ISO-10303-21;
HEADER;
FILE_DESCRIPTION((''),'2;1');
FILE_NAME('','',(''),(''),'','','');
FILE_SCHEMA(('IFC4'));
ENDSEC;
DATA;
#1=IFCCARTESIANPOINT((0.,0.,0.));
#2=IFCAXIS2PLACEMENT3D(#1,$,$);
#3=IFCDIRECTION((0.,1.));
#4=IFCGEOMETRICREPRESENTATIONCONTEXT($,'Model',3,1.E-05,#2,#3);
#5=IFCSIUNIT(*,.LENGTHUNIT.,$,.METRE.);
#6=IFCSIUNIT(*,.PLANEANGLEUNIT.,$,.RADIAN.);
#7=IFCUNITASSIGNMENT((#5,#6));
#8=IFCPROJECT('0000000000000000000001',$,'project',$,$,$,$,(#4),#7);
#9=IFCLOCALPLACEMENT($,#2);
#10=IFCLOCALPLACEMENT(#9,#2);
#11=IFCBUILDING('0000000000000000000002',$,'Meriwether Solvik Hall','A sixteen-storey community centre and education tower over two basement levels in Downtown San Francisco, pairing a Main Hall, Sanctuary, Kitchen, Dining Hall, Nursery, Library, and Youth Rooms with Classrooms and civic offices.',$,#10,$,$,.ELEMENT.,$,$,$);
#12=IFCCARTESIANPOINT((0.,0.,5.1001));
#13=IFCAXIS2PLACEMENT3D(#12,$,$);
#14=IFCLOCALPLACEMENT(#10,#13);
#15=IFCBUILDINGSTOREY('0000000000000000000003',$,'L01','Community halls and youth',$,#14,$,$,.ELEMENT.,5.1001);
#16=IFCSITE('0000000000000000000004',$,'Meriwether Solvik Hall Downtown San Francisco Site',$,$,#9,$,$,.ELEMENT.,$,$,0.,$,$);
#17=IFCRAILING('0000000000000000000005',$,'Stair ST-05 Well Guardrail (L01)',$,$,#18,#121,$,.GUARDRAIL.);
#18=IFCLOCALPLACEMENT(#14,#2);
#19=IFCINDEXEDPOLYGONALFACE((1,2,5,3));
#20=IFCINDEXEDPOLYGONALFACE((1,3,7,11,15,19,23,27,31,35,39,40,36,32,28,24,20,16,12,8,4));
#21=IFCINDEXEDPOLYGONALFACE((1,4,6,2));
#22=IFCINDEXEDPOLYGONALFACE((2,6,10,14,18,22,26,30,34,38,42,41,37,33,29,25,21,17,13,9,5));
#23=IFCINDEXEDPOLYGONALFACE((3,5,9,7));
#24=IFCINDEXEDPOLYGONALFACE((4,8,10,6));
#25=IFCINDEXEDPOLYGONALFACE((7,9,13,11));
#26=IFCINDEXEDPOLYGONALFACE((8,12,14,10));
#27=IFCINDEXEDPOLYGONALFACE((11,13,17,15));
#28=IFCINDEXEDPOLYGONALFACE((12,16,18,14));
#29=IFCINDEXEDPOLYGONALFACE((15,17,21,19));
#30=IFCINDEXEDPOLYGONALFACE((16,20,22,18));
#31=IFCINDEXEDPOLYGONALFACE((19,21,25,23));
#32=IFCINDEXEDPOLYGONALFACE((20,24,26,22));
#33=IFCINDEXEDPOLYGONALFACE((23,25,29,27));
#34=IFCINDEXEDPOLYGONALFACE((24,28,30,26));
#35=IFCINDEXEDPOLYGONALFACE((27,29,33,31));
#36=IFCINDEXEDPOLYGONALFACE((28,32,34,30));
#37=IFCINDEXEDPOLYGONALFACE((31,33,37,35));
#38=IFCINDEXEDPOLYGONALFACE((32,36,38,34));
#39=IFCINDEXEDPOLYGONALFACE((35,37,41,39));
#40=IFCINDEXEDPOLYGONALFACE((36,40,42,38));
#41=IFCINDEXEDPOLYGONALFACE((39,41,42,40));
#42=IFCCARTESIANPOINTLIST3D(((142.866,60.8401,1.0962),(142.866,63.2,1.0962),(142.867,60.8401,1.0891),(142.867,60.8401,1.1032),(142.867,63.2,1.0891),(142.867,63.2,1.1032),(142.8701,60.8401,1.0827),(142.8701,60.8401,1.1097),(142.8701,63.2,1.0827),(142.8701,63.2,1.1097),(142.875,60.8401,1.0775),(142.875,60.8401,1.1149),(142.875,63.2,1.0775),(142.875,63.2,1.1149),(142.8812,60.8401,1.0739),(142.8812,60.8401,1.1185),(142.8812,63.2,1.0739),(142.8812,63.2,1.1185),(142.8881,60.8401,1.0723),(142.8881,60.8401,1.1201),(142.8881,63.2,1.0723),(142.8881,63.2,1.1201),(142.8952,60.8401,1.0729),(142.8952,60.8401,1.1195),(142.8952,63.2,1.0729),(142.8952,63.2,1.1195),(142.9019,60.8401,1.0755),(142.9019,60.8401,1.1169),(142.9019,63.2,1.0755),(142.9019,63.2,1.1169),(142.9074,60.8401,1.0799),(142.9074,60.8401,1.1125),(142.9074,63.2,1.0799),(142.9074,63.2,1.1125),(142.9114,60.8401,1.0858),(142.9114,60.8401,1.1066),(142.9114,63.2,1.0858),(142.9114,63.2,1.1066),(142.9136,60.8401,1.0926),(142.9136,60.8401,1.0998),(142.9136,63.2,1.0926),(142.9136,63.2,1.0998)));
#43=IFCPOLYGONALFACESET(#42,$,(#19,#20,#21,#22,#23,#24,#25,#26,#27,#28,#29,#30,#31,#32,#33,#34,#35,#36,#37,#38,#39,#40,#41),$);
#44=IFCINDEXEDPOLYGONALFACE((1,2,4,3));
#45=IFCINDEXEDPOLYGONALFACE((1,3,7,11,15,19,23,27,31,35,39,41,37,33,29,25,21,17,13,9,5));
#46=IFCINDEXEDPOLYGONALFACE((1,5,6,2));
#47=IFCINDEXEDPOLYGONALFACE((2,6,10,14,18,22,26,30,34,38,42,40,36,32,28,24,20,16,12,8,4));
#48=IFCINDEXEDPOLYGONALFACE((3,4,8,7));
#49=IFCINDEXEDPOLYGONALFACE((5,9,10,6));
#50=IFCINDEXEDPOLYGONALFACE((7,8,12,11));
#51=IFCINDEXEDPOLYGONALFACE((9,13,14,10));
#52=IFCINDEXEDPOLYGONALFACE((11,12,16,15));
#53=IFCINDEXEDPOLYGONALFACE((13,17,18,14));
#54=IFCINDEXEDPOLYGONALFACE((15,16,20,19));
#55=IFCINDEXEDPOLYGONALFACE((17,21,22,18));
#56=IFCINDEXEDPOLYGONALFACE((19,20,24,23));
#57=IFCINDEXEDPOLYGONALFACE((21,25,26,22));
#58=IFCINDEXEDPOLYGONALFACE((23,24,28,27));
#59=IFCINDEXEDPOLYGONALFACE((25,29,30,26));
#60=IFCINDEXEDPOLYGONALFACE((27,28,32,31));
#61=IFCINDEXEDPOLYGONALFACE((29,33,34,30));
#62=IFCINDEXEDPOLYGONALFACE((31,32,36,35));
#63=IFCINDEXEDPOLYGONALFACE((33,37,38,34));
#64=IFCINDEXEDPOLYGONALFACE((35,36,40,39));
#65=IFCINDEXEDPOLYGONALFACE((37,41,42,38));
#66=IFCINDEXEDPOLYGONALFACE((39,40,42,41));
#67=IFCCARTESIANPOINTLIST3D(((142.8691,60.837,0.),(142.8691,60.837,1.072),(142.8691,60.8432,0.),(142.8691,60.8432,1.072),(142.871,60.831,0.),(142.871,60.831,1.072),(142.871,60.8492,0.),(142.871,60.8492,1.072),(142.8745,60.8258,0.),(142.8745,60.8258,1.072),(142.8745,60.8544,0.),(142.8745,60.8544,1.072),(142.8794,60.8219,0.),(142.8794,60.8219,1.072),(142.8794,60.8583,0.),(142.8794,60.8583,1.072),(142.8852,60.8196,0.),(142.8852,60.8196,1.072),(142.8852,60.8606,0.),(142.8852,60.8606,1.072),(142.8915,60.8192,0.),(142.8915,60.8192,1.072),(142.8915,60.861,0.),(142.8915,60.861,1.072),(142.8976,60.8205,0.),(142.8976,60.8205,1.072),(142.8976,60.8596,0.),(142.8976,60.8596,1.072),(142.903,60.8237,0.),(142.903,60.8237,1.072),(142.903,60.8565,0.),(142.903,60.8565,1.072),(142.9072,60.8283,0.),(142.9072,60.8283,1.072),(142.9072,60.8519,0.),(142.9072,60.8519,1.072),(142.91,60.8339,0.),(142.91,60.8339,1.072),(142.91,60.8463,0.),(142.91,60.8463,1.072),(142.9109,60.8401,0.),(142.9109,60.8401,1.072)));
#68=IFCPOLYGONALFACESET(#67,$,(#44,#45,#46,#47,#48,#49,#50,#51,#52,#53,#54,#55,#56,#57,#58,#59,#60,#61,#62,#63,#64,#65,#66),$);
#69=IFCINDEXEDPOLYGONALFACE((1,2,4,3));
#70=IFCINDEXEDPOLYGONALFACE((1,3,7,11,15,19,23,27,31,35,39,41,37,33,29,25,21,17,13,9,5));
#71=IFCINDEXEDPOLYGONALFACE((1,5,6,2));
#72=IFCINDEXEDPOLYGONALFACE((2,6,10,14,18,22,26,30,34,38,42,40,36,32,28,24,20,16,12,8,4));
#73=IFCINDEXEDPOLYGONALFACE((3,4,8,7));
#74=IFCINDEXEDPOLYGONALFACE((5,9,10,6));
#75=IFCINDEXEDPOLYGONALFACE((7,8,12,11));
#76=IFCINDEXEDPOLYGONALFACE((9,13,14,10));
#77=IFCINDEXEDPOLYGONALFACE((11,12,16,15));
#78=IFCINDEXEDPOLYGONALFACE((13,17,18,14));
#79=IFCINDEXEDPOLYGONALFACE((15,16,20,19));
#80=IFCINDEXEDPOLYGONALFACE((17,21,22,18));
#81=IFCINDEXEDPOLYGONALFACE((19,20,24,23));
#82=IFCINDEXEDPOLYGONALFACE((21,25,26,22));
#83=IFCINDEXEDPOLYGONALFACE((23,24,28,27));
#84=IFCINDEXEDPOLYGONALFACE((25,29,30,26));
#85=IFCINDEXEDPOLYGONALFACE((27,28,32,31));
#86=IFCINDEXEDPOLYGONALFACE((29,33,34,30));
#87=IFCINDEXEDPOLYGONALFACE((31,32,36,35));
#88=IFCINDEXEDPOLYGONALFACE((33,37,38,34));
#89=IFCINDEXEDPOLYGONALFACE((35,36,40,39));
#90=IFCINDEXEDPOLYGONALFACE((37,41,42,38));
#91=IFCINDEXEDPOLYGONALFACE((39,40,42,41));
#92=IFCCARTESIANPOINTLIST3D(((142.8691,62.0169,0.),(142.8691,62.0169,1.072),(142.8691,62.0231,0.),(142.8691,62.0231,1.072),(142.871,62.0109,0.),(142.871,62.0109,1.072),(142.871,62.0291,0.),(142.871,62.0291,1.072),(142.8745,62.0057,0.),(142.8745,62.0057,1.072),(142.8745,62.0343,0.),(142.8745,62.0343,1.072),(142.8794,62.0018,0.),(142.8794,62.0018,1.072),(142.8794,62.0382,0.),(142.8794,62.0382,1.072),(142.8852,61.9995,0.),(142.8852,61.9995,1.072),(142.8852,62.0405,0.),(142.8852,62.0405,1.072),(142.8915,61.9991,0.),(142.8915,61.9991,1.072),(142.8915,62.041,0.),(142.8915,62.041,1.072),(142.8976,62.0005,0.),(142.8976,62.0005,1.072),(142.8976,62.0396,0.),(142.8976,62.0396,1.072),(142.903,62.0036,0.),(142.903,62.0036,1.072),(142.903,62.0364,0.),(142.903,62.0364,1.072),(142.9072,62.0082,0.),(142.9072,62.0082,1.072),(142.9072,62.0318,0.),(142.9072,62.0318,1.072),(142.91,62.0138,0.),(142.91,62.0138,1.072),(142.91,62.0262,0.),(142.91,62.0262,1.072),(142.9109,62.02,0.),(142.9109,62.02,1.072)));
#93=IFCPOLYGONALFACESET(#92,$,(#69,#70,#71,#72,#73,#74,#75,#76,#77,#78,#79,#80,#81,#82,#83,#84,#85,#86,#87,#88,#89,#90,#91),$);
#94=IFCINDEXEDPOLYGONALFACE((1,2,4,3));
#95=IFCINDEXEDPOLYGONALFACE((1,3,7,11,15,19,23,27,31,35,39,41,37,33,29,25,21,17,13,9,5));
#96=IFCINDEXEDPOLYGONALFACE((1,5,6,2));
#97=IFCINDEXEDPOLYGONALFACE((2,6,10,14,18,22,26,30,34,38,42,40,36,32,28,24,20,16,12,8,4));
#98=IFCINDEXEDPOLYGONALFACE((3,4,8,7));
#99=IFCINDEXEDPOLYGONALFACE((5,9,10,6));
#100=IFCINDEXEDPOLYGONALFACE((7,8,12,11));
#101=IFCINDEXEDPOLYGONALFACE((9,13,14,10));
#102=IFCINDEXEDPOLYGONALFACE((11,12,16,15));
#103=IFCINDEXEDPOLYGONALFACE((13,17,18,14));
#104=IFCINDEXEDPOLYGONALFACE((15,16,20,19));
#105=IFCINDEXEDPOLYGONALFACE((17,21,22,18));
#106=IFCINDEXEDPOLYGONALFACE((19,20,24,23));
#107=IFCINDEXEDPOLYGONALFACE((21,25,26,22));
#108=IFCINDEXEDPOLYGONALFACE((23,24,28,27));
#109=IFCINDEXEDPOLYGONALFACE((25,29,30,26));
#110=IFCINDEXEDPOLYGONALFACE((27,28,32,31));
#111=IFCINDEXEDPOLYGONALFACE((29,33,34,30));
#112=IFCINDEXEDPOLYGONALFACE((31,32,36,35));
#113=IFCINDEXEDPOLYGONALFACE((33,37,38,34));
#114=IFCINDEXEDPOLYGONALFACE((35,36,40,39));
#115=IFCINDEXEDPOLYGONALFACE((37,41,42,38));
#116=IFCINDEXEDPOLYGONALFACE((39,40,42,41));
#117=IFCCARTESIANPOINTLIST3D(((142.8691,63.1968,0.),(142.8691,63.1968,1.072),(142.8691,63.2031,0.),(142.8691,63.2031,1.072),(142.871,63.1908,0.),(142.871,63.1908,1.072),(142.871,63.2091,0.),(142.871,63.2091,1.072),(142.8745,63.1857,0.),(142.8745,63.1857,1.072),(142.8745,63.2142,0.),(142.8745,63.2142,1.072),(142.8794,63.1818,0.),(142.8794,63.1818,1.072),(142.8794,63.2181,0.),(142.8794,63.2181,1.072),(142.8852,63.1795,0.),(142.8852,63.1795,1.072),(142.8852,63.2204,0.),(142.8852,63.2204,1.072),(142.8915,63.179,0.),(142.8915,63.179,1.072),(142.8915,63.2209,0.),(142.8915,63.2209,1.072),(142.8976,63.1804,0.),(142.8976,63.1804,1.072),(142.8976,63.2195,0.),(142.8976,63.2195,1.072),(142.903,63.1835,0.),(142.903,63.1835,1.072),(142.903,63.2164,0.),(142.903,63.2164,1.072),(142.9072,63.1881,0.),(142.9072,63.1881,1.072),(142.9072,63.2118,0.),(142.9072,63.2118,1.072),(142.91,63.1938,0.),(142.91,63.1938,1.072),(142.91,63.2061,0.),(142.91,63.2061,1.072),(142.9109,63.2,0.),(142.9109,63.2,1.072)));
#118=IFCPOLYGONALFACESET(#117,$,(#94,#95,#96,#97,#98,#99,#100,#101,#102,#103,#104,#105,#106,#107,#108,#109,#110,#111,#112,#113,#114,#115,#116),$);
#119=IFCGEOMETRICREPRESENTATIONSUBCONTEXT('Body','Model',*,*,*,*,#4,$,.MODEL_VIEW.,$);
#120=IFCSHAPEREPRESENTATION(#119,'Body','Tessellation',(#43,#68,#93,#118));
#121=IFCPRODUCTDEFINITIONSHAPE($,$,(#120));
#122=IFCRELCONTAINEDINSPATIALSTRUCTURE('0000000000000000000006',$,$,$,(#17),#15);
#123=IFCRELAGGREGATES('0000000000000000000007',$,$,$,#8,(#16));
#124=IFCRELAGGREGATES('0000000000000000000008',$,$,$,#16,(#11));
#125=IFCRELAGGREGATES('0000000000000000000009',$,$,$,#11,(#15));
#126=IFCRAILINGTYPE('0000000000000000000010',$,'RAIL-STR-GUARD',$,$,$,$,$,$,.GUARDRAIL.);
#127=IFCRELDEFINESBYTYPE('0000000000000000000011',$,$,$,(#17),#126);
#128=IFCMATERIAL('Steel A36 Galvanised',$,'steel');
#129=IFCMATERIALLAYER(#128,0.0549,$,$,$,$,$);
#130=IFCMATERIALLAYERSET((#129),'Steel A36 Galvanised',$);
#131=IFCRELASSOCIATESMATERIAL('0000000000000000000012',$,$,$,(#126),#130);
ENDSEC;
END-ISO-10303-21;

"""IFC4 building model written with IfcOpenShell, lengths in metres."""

from ifc_helpers import new_model, si_unit, direction, frame, origin, origin_2d, place, context, subcontext, project, spatial, circle, extrude, material, layer, layer_set, type_object, element, save


model = new_model("IFC4")

# Units and contexts
model_context = context("Model", 3, precision=1e-05, world=origin(), true_north=direction((0.0, 1.0)))
body_context = subcontext(model_context, "Body", "Model", "MODEL_VIEW")
ifc_project = project(units=[si_unit("LENGTHUNIT", "METRE"), si_unit("PLANEANGLEUNIT", "RADIAN")], contexts=[model_context])

# Site, building, storey
site_placement = place(None, origin())
site = spatial("IfcSite", under=ifc_project, at=site_placement, Name="Meriwether Solvik Hall Downtown San Francisco Site", CompositionType="ELEMENT", RefElevation=0.0)
building_placement = place(site_placement, origin())
building = spatial("IfcBuilding", under=site, at=building_placement, Name="Meriwether Solvik Hall", Description="A sixteen-storey community centre and education tower over two basement levels in Downtown San Francisco, pairing a Main Hall, Sanctuary, Kitchen, Dining Hall, Nursery, Library, and Youth Rooms with Classrooms and civic offices.", CompositionType="ELEMENT")
storey_placement = place(building_placement, frame((0.0, 0.0, 5.1001)))
storey = spatial("IfcBuildingStorey", under=building, at=storey_placement, Name="L01", Description="Community halls and youth", CompositionType="ELEMENT", Elevation=5.1001)

# Railing
ifc_material_1 = material(Name="Steel A36 Galvanised", Category="steel")
ifc_layer_1 = layer(ifc_material_1, 0.0549)
ifc_layer_set_1 = layer_set([ifc_layer_1], Name="Steel A36 Galvanised")
railing_type_1 = type_object("IfcRailingType", Name="RAIL-STR-GUARD", PredefinedType="GUARDRAIL", material=ifc_layer_set_1)
railing_1_placement = place(storey_placement, frame((142.8899, 60.8401, 0.0)))
element("IfcRailing", 1, at=railing_1_placement, inside=storey, type_object=railing_type_1, Name="Stair ST-05 Well Guardrail (L01)", PredefinedType="GUARDRAIL", context=body_context, shape_type="SweptSolid", body=[
    extrude(circle(Radius=0.0239, at=origin_2d()), frame((0.0, 0.0, 1.0962), z_axis=(0.0, 1.0, 0.0), x_axis=(-1.0, 0.0, 0.0)), (0.0, 0.0, 1.0), 2.3599),
    extrude(circle(Radius=0.021, at=origin_2d()), origin(), (0.0, 0.0, 1.0), 1.072),
    extrude(circle(Radius=0.021, at=origin_2d()), frame((0.0, 1.1799, 0.0)), (0.0, 0.0, 1.0), 1.072),
    extrude(circle(Radius=0.021, at=origin_2d()), frame((0.0, 2.3599, 0.0)), (0.0, 0.0, 1.0), 1.072),
])

save(model, "model.ifc")
